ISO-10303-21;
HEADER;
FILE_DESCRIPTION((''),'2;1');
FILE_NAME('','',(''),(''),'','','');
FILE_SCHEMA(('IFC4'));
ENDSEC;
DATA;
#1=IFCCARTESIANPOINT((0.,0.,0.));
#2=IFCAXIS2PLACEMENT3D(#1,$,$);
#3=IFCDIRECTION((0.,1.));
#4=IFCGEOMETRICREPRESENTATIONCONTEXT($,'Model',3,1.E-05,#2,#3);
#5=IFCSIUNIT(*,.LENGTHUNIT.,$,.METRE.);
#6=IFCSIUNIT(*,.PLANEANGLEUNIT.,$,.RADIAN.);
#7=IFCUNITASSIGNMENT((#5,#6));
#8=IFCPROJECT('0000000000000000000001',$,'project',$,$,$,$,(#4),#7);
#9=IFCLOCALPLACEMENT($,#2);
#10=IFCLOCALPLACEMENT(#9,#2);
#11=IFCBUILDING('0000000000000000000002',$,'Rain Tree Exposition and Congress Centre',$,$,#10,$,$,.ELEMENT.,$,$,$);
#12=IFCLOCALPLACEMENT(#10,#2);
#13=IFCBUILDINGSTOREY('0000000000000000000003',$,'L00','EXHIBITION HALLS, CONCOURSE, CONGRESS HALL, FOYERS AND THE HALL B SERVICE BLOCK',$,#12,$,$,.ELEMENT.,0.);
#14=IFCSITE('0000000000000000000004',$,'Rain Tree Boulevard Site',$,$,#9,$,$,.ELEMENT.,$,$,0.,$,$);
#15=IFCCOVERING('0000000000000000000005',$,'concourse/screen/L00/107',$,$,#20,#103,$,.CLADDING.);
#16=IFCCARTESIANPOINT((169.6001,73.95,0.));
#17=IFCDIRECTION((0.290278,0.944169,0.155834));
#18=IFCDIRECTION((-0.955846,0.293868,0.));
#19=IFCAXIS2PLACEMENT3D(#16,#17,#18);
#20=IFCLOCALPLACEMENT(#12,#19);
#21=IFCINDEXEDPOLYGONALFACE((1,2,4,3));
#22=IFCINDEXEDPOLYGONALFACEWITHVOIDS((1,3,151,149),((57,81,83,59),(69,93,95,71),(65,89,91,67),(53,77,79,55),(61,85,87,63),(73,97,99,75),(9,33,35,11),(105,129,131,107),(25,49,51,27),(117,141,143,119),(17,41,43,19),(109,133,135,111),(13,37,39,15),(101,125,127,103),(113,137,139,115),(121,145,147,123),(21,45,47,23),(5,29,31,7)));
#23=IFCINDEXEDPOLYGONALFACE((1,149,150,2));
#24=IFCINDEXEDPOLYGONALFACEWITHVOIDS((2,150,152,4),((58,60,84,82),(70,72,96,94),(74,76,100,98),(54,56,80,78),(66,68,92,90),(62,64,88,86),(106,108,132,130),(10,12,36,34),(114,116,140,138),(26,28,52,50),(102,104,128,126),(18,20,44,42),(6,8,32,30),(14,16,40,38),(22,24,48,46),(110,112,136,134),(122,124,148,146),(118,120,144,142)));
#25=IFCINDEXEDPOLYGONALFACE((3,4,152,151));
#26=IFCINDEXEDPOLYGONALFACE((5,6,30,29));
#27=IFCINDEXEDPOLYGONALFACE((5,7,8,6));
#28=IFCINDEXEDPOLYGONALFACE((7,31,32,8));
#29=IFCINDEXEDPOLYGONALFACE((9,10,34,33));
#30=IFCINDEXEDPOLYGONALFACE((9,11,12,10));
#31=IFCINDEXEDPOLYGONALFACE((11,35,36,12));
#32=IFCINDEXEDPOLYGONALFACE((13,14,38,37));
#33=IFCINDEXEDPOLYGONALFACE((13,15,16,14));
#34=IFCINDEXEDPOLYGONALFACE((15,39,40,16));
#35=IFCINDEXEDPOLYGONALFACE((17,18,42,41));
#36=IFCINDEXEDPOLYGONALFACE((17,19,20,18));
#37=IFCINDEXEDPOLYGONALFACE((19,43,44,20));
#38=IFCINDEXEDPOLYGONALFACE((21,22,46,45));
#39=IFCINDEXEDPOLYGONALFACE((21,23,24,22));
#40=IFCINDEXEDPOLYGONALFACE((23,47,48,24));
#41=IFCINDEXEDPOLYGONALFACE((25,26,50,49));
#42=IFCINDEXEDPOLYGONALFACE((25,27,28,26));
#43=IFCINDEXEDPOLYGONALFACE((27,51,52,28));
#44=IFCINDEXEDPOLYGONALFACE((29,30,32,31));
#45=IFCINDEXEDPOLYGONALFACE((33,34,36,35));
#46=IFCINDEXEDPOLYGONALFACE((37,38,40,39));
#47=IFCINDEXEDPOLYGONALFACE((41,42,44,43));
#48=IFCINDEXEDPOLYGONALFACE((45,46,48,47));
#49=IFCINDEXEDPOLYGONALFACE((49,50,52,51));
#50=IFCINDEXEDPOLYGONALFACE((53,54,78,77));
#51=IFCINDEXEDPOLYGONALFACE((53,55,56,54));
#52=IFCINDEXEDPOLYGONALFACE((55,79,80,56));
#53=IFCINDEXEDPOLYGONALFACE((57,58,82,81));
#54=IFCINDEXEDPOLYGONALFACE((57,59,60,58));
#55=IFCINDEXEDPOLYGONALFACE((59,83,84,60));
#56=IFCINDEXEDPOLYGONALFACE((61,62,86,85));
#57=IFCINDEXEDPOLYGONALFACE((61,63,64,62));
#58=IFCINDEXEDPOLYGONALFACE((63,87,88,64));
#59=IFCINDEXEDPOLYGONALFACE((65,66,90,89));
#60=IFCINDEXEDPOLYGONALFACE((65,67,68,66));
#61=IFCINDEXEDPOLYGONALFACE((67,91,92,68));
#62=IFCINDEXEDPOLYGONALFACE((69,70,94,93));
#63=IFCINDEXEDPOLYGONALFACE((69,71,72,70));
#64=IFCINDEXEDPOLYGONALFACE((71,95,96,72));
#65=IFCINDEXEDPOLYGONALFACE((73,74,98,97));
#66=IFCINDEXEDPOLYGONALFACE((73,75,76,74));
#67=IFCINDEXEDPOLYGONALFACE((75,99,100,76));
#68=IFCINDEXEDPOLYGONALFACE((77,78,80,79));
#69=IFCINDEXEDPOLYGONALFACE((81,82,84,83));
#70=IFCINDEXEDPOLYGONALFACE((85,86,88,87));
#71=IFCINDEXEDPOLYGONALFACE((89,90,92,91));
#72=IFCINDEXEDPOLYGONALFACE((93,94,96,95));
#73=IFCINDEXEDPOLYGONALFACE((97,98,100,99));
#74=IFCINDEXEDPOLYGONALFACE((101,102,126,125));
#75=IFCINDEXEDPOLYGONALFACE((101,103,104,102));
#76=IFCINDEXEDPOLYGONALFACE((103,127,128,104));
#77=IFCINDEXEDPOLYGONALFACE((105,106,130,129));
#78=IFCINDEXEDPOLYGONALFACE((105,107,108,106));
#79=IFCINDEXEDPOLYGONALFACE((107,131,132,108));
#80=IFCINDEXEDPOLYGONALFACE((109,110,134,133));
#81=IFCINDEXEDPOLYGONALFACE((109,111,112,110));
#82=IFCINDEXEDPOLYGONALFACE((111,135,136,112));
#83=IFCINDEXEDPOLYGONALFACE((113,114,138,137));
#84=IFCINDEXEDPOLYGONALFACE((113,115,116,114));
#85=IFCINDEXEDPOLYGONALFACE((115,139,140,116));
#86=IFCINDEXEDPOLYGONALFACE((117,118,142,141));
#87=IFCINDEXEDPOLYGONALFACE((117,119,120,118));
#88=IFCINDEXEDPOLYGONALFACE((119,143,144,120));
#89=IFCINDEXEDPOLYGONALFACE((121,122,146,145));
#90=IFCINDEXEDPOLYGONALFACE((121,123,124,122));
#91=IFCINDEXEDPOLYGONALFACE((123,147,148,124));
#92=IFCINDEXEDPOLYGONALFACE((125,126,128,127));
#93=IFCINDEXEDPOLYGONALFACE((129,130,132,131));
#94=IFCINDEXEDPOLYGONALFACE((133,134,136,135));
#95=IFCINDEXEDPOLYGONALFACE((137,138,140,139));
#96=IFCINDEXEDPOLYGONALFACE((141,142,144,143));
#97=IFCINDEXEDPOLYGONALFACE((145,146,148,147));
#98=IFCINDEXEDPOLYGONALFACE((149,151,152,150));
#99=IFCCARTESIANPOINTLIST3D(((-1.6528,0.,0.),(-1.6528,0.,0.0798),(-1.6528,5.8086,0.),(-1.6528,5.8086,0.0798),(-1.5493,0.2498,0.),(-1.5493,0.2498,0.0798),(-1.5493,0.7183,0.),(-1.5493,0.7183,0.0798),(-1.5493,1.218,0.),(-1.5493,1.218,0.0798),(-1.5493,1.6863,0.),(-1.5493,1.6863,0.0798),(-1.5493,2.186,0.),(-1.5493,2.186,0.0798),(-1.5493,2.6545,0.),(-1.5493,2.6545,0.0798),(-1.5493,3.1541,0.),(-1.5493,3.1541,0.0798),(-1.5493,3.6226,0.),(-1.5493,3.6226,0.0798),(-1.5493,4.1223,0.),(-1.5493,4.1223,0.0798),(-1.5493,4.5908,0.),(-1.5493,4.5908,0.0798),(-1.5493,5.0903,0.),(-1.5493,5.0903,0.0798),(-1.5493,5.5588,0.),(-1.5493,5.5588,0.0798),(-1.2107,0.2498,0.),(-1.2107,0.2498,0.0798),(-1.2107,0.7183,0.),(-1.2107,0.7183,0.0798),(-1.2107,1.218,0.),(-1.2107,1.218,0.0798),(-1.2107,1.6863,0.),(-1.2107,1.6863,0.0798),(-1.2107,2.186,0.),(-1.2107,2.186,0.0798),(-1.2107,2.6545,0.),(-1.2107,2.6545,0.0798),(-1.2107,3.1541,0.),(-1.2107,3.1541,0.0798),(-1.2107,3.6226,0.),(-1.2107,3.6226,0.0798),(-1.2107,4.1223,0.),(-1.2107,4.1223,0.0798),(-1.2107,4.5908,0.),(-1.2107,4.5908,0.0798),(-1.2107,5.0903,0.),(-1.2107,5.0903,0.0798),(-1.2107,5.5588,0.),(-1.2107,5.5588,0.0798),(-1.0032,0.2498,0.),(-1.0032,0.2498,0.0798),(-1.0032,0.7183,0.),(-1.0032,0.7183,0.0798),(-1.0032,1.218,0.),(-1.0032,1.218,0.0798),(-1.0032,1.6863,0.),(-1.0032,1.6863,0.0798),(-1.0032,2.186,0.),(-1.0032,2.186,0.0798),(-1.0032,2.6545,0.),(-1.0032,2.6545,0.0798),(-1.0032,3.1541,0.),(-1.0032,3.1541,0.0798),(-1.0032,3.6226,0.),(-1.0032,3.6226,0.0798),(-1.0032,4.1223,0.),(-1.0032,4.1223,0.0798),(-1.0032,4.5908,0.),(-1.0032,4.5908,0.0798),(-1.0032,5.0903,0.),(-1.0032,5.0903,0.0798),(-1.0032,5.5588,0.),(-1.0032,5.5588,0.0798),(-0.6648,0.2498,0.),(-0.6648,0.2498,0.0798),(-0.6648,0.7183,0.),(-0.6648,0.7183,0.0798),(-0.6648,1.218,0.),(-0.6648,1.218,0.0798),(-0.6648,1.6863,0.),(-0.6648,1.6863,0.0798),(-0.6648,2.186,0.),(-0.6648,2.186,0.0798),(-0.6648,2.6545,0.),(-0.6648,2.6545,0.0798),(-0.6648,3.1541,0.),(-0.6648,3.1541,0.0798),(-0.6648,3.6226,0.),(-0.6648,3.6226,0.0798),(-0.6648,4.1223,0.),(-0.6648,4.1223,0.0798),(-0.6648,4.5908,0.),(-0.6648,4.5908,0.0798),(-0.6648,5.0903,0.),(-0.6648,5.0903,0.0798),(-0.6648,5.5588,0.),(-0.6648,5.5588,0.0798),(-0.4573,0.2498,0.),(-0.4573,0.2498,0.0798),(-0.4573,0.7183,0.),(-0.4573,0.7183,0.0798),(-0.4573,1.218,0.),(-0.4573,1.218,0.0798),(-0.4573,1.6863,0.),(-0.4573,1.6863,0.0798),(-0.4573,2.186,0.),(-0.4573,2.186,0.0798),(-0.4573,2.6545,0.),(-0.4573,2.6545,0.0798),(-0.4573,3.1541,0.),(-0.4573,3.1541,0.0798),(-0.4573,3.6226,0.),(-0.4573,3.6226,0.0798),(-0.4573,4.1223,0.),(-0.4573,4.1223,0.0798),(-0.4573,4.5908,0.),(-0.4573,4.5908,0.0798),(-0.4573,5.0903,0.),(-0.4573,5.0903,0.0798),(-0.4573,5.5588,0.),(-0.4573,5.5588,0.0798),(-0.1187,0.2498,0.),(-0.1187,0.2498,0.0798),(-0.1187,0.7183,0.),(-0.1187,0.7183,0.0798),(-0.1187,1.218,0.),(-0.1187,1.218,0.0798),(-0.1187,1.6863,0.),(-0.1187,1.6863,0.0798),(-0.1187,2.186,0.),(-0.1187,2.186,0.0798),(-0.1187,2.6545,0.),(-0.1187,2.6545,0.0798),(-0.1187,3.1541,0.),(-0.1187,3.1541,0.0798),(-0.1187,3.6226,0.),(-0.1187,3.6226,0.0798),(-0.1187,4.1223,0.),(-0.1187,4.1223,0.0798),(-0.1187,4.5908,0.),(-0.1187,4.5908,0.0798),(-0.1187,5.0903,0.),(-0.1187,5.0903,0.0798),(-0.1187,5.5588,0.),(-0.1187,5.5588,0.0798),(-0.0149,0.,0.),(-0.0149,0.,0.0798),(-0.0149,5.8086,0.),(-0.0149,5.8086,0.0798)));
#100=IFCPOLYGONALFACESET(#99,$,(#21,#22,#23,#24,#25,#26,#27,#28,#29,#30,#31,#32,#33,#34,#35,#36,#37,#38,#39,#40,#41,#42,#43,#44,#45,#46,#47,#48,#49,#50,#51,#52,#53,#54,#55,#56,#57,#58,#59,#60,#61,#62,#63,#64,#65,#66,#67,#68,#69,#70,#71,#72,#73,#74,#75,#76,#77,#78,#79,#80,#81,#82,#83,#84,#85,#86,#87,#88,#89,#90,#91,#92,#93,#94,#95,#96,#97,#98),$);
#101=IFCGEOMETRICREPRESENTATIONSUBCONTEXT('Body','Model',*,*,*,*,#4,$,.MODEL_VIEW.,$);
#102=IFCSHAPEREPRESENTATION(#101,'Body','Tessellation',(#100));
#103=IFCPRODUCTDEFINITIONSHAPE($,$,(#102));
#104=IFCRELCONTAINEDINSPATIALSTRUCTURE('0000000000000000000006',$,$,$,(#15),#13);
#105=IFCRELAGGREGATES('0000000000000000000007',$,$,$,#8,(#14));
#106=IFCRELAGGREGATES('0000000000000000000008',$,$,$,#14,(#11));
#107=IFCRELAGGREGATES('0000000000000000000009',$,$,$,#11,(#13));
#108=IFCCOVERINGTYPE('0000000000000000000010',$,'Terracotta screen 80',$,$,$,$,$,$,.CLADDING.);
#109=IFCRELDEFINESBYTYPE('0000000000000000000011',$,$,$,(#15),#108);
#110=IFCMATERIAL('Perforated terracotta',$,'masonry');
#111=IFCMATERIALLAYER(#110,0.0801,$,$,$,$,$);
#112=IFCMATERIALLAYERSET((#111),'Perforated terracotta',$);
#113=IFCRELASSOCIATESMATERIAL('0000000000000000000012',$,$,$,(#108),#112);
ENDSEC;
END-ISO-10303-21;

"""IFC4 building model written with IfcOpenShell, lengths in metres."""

from ifc_helpers import new_model, si_unit, direction, frame, origin, place, context, subcontext, project, spatial, polyline, outline, extrude, material, layer, layer_set, type_object, element, save


model = new_model("IFC4")

# Units and contexts
model_context = context("Model", 3, precision=1e-05, world=origin(), true_north=direction((0.0, 1.0)))
body_context = subcontext(model_context, "Body", "Model", "MODEL_VIEW")
ifc_project = project(units=[si_unit("LENGTHUNIT", "METRE"), si_unit("PLANEANGLEUNIT", "RADIAN")], contexts=[model_context])

# Site, building, storey
site_placement = place(None, origin())
site = spatial("IfcSite", under=ifc_project, at=site_placement, Name="Rain Tree Boulevard Site", CompositionType="ELEMENT", RefElevation=0.0)
building_placement = place(site_placement, origin())
building = spatial("IfcBuilding", under=site, at=building_placement, Name="Rain Tree Exposition and Congress Centre", CompositionType="ELEMENT")
storey_placement = place(building_placement, origin())
storey = spatial("IfcBuildingStorey", under=building, at=storey_placement, Name="L00", Description="EXHIBITION HALLS, CONCOURSE, CONGRESS HALL, FOYERS AND THE HALL B SERVICE BLOCK", CompositionType="ELEMENT", Elevation=0.0)

# Covering
ifc_material_1 = material(Name="Perforated terracotta", Category="masonry")
ifc_layer_1 = layer(ifc_material_1, 0.0801)
ifc_layer_set_1 = layer_set([ifc_layer_1], Name="Perforated terracotta")
covering_type = type_object("IfcCoveringType", Name="Terracotta screen 80", PredefinedType="CLADDING", material=ifc_layer_set_1)
covering_1_placement = place(storey_placement, frame((169.6001, 73.95, 0.0), z_axis=(0.290278, 0.944169, 0.155834), x_axis=(-0.955846, 0.293868, 0.0)))
element("IfcCovering", 1, at=covering_1_placement, inside=storey, type_object=covering_type, Name="concourse/screen/L00/107", PredefinedType="CLADDING", context=body_context, shape_type="SweptSolid", body=[
    extrude(outline(polyline([(-0.0149, 0.0), (-1.6528, 0.0), (-1.6528, 5.8086), (-0.0149, 5.8086), (-0.0149, 0.0)]), holes=[polyline([(-0.1187, 0.2498), (-0.1187, 0.7183), (-0.4573, 0.7183), (-0.4573, 0.2498), (-0.1187, 0.2498)]), polyline([(-0.1187, 1.218), (-0.1187, 1.6863), (-0.4573, 1.6863), (-0.4573, 1.218), (-0.1187, 1.218)]), polyline([(-0.1187, 2.186), (-0.1187, 2.6545), (-0.4573, 2.6545), (-0.4573, 2.186), (-0.1187, 2.186)]), polyline([(-0.1187, 3.1541), (-0.1187, 3.6226), (-0.4573, 3.6226), (-0.4573, 3.1541), (-0.1187, 3.1541)]), polyline([(-0.1187, 4.1223), (-0.1187, 4.5908), (-0.4573, 4.5908), (-0.4573, 4.1223), (-0.1187, 4.1223)]), polyline([(-0.1187, 5.0903), (-0.1187, 5.5588), (-0.4573, 5.5588), (-0.4573, 5.0903), (-0.1187, 5.0903)]), polyline([(-0.6648, 0.2498), (-0.6648, 0.7183), (-1.0032, 0.7183), (-1.0032, 0.2498), (-0.6648, 0.2498)]), polyline([(-0.6648, 1.218), (-0.6648, 1.6863), (-1.0032, 1.6863), (-1.0032, 1.218), (-0.6648, 1.218)]), polyline([(-0.6648, 2.186), (-0.6648, 2.6545), (-1.0032, 2.6545), (-1.0032, 2.186), (-0.6648, 2.186)]), polyline([(-0.6648, 3.1541), (-0.6648, 3.6226), (-1.0032, 3.6226), (-1.0032, 3.1541), (-0.6648, 3.1541)]), polyline([(-0.6648, 4.1223), (-0.6648, 4.5908), (-1.0032, 4.5908), (-1.0032, 4.1223), (-0.6648, 4.1223)]), polyline([(-0.6648, 5.0903), (-0.6648, 5.5588), (-1.0032, 5.5588), (-1.0032, 5.0903), (-0.6648, 5.0903)]), polyline([(-1.2107, 0.2498), (-1.2107, 0.7183), (-1.5493, 0.7183), (-1.5493, 0.2498), (-1.2107, 0.2498)]), polyline([(-1.2107, 1.218), (-1.2107, 1.6863), (-1.5493, 1.6863), (-1.5493, 1.218), (-1.2107, 1.218)]), polyline([(-1.2107, 2.186), (-1.2107, 2.6545), (-1.5493, 2.6545), (-1.5493, 2.186), (-1.2107, 2.186)]), polyline([(-1.2107, 3.1541), (-1.2107, 3.6226), (-1.5493, 3.6226), (-1.5493, 3.1541), (-1.2107, 3.1541)]), polyline([(-1.2107, 4.1223), (-1.2107, 4.5908), (-1.5493, 4.5908), (-1.5493, 4.1223), (-1.2107, 4.1223)]), polyline([(-1.2107, 5.0903), (-1.2107, 5.5588), (-1.5493, 5.5588), (-1.5493, 5.0903), (-1.2107, 5.0903)])]), origin(), (0.0, 0.0, 1.0), 0.0798),
])

save(model, "model.ifc")
